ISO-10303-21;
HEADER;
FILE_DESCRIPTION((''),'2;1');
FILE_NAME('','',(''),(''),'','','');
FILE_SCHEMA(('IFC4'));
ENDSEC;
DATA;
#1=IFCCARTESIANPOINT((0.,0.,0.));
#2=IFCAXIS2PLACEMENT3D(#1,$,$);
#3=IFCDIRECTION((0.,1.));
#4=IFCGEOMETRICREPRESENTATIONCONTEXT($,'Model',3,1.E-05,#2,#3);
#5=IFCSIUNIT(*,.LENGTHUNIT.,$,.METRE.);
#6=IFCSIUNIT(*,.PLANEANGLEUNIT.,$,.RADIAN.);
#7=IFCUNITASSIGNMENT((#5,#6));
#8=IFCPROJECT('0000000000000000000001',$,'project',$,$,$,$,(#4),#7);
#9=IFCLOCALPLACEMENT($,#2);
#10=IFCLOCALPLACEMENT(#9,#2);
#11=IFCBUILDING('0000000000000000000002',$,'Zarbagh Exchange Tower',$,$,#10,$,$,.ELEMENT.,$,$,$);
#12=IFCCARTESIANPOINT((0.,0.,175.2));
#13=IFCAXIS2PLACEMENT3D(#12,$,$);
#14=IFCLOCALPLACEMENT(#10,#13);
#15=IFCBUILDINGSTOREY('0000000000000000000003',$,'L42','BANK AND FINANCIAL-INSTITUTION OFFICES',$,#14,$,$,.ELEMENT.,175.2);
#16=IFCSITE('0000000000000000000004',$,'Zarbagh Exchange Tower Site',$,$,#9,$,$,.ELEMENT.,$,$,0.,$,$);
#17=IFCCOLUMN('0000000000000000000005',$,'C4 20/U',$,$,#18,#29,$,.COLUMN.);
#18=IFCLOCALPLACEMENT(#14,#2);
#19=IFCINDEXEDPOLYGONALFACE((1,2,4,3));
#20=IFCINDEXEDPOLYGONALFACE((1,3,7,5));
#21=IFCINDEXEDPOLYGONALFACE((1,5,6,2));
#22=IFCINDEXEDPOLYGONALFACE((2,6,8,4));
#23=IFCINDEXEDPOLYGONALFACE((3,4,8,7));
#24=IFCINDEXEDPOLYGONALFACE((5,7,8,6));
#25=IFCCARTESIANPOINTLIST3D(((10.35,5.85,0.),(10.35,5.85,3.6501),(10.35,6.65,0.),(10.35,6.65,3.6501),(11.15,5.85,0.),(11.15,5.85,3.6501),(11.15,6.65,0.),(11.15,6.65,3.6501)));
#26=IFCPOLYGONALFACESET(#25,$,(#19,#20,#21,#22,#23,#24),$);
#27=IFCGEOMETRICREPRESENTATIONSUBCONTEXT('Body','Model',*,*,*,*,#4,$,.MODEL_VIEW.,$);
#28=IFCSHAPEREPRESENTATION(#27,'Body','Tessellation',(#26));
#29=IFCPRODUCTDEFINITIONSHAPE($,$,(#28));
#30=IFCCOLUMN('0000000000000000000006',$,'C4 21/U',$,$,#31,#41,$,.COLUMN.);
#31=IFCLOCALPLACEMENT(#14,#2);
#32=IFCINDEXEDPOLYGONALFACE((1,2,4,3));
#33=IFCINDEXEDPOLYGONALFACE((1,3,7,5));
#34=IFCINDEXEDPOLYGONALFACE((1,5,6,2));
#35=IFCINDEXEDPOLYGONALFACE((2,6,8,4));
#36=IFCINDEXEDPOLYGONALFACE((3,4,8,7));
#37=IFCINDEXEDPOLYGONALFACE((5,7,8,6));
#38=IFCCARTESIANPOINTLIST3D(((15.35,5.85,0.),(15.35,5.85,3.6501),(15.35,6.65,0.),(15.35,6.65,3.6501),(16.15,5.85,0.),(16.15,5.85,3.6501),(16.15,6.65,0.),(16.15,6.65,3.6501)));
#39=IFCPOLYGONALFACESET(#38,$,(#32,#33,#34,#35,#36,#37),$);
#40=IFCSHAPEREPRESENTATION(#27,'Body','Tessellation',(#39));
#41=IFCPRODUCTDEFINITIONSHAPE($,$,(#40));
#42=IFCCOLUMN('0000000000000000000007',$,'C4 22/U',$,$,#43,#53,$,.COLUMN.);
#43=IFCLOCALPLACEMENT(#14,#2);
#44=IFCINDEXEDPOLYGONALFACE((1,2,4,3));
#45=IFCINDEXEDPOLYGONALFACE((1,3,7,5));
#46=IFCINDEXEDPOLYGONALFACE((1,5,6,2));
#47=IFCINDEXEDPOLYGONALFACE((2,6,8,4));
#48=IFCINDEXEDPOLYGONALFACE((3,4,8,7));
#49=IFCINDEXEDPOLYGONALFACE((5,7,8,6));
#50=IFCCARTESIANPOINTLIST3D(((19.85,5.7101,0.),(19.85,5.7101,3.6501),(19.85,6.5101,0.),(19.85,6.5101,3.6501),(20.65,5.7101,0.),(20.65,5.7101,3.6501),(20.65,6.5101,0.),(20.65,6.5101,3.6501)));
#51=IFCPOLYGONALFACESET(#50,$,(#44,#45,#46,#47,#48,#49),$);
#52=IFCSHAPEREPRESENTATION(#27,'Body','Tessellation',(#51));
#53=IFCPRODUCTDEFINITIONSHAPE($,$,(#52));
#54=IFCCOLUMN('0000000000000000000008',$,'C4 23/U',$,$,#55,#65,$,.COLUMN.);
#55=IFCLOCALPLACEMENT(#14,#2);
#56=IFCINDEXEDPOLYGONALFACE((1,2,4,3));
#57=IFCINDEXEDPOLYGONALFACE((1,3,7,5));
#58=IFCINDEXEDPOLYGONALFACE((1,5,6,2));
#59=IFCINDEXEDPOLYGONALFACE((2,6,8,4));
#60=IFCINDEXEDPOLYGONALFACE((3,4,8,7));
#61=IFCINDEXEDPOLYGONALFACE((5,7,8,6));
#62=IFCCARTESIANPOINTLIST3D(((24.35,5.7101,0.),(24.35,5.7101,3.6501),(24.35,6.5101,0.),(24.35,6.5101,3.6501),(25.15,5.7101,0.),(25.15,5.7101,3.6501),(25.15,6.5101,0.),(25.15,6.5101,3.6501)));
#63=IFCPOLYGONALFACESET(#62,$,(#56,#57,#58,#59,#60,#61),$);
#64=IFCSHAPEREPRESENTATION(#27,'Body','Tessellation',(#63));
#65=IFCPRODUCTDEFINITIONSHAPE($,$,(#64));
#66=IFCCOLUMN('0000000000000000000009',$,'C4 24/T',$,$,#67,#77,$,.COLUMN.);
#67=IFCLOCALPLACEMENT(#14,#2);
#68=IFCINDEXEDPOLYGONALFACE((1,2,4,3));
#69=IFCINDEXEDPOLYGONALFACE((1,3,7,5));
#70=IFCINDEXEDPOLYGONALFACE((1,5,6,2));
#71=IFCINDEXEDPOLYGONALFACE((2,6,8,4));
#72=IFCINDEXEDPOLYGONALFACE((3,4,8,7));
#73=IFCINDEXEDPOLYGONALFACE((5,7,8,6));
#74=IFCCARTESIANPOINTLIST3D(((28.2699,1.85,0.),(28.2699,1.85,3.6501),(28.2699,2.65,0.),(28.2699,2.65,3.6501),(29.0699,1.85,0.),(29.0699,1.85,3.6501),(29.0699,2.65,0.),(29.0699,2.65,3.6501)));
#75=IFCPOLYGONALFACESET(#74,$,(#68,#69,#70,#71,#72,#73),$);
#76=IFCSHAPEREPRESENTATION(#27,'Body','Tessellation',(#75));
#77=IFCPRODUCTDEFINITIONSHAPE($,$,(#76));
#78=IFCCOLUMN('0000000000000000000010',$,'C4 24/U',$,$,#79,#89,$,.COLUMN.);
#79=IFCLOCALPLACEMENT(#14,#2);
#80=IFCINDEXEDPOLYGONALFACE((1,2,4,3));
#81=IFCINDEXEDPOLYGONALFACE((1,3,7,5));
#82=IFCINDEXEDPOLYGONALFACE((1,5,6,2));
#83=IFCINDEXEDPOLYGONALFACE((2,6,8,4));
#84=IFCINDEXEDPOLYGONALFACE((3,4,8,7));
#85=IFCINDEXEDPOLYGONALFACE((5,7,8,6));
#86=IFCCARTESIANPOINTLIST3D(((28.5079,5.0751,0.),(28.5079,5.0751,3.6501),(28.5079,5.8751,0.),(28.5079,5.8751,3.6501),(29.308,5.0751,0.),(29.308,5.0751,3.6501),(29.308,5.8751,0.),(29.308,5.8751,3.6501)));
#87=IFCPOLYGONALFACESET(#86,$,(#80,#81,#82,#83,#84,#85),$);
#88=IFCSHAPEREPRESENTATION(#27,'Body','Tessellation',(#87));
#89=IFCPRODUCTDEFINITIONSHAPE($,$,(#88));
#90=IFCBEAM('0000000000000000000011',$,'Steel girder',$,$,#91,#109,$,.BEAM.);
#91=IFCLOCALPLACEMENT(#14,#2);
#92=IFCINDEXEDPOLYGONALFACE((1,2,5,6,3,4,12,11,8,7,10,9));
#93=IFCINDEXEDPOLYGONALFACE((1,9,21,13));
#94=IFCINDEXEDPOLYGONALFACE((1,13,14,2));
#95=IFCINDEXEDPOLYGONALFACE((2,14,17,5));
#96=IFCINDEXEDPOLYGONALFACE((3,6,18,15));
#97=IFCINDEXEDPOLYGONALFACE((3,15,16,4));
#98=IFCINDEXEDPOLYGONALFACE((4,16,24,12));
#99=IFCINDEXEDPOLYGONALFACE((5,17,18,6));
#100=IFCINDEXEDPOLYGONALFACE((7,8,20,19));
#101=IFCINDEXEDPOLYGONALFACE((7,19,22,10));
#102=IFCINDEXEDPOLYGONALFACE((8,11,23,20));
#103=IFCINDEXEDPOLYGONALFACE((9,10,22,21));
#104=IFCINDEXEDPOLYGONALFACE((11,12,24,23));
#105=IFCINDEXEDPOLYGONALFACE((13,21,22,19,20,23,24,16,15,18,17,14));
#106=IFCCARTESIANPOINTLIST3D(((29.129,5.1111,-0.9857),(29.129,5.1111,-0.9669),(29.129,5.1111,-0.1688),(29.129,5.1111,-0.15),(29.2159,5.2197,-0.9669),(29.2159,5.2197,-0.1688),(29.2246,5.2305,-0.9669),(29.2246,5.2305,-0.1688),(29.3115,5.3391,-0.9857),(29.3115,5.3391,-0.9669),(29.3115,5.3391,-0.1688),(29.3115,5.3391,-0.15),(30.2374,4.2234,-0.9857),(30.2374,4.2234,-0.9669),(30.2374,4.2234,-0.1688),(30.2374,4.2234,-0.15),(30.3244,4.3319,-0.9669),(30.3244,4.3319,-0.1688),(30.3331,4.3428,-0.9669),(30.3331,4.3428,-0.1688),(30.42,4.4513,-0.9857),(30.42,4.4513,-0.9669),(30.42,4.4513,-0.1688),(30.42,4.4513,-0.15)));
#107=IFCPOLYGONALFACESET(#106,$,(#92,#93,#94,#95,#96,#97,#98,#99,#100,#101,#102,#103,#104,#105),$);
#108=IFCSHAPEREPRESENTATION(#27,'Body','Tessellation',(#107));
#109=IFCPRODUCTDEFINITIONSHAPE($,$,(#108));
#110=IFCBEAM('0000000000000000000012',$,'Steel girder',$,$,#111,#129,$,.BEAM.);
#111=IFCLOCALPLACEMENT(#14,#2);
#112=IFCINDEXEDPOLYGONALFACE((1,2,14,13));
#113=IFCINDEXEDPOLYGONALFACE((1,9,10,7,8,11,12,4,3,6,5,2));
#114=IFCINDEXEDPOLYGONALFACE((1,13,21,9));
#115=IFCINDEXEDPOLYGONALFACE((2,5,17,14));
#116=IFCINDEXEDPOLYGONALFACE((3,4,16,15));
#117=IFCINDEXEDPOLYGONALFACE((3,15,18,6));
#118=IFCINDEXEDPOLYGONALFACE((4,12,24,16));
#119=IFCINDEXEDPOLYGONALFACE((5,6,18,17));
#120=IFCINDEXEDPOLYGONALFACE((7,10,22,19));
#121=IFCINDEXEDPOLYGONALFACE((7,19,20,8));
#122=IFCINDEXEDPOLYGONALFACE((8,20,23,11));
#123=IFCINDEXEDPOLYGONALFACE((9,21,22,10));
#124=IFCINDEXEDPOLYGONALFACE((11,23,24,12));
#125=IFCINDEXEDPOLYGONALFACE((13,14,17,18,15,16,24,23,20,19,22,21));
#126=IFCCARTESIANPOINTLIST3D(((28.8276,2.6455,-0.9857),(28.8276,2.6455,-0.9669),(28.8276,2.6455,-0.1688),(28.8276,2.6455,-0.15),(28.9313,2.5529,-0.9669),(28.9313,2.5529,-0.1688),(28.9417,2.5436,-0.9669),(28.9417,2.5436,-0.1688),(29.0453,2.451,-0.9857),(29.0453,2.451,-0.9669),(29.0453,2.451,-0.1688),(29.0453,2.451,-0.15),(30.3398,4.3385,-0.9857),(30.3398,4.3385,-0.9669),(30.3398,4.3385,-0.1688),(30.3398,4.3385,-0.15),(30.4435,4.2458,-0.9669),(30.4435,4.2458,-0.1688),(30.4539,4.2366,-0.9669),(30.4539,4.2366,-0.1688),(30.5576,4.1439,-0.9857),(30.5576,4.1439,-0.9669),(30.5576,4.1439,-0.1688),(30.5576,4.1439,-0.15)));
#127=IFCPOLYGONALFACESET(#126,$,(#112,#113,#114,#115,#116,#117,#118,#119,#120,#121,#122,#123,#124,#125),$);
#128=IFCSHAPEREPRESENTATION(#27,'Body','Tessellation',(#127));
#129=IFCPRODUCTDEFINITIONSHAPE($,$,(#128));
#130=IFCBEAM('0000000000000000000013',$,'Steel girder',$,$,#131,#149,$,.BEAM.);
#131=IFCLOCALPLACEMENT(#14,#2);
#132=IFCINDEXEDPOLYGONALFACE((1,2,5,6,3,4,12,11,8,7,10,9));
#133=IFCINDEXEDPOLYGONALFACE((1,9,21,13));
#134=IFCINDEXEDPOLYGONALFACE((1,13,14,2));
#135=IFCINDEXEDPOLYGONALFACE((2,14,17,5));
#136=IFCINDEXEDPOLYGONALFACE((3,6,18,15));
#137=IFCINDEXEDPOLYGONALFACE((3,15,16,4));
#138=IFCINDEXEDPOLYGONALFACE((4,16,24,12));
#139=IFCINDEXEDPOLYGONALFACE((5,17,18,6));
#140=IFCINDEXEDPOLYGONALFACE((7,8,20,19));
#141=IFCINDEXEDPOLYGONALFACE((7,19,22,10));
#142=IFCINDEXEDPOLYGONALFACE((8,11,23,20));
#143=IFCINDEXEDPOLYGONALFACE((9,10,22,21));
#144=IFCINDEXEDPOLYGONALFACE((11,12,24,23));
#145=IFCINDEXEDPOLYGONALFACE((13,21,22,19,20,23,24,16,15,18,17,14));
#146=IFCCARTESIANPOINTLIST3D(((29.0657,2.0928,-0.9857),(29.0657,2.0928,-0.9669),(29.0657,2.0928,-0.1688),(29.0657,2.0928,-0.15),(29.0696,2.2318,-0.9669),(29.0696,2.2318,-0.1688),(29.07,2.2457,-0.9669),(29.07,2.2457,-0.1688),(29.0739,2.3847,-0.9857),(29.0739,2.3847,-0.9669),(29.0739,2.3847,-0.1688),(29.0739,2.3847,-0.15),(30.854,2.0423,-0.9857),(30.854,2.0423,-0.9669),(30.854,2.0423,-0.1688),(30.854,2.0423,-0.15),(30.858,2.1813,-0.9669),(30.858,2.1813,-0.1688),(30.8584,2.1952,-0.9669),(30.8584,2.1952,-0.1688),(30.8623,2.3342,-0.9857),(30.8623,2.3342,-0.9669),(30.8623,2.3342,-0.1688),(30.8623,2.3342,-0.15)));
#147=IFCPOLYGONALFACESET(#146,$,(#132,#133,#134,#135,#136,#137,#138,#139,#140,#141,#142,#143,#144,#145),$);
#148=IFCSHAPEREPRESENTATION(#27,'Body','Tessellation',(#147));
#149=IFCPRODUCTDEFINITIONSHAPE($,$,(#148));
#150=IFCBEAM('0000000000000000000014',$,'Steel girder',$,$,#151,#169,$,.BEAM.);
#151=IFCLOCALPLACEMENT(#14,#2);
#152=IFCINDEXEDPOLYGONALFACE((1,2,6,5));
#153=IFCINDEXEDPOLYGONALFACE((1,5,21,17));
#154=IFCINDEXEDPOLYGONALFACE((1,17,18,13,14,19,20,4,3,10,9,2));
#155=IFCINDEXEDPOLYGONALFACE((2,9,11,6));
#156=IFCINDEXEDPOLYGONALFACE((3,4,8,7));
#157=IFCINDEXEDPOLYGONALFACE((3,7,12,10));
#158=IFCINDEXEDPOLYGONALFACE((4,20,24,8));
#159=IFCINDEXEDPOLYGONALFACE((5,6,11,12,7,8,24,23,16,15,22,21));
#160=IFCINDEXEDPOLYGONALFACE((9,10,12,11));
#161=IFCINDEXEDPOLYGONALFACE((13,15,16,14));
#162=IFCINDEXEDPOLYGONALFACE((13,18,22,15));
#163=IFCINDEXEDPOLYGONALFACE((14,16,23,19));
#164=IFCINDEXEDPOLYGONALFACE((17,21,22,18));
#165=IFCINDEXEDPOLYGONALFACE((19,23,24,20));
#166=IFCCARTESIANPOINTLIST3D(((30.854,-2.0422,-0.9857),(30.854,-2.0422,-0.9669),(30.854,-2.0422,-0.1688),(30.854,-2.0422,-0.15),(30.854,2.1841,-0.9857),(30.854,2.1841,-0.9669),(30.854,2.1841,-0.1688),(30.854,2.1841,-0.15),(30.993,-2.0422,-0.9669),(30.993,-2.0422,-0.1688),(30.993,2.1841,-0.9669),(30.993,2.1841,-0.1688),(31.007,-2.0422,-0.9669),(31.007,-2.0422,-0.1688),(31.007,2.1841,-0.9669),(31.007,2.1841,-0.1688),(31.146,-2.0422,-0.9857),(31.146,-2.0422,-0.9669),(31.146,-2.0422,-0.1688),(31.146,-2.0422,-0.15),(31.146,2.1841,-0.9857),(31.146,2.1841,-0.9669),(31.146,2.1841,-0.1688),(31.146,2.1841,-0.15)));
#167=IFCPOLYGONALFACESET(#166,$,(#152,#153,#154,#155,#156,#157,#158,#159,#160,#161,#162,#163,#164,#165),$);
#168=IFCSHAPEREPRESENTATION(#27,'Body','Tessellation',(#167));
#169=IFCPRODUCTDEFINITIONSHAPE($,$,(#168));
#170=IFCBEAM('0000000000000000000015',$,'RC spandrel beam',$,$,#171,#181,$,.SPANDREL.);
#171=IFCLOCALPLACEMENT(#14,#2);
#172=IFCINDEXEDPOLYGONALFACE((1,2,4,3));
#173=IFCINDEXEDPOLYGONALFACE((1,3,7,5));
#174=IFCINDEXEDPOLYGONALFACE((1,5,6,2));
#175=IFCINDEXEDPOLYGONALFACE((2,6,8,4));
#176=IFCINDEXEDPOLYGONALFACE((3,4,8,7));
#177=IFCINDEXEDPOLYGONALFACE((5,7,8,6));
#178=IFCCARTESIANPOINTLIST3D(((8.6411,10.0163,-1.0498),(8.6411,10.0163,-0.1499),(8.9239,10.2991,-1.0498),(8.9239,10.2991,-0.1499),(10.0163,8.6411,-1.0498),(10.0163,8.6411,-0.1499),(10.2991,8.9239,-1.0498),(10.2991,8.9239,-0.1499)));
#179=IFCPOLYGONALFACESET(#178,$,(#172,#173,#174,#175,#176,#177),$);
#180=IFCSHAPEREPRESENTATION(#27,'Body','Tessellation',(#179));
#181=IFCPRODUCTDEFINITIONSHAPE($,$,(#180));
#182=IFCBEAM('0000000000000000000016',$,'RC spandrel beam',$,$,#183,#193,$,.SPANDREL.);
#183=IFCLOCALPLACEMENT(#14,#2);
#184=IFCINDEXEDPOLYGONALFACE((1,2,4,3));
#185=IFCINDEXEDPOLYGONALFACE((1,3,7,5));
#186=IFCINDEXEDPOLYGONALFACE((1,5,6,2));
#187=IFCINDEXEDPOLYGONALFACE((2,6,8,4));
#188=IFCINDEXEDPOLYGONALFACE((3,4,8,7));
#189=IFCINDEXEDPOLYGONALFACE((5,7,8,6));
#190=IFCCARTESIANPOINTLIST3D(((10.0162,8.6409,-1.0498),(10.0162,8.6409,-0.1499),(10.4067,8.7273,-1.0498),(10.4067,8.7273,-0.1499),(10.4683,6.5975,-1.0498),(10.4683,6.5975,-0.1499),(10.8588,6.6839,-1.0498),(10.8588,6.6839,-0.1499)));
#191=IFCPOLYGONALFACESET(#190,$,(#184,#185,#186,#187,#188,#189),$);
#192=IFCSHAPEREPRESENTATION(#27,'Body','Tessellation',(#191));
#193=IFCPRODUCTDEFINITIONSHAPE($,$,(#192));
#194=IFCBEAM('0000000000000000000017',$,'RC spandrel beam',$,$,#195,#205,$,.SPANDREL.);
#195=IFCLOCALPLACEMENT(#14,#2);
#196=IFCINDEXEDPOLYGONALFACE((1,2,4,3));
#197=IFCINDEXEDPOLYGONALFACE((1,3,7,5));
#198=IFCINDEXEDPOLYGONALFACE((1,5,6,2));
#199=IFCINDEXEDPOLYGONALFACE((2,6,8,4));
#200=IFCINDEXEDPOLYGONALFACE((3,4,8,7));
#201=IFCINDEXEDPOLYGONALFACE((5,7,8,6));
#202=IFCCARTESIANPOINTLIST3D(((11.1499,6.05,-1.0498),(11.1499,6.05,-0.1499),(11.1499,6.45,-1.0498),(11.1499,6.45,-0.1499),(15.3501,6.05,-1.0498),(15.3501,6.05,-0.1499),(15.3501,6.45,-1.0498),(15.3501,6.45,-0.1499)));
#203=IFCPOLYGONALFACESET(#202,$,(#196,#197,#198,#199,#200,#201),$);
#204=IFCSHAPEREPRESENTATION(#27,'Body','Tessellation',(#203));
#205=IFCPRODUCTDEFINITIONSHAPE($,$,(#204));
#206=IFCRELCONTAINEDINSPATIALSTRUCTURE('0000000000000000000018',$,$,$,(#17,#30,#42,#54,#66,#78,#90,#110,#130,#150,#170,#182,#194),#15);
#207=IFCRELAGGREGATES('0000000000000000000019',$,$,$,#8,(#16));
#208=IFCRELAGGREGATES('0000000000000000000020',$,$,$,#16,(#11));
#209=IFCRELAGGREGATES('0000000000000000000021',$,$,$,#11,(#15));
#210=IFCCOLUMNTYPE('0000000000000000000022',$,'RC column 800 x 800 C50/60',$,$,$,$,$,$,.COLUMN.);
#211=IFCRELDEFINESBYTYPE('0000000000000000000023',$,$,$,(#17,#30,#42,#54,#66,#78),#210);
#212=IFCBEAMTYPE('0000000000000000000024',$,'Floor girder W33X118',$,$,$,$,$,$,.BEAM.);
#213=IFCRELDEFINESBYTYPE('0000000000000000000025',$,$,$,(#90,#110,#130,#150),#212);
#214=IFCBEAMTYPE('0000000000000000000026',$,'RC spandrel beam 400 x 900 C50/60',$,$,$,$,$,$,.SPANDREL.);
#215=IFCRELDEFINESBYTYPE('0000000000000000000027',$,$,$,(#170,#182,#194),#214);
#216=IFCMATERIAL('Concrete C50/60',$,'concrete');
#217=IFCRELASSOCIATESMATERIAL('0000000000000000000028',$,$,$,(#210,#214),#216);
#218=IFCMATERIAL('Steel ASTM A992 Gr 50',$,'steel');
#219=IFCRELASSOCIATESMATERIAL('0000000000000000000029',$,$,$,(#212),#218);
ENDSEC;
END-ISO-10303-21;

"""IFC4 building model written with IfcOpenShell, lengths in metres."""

from ifc_helpers import new_model, si_unit, direction, frame, origin, origin_2d, place, context, subcontext, project, spatial, rectangle, i_section, extrude, material, material_profile, profile_set, type_object, element, save


model = new_model("IFC4")

# Units and contexts
model_context = context("Model", 3, precision=1e-05, world=origin(), true_north=direction((0.0, 1.0)))
body_context = subcontext(model_context, "Body", "Model", "MODEL_VIEW")
ifc_project = project(units=[si_unit("LENGTHUNIT", "METRE"), si_unit("PLANEANGLEUNIT", "RADIAN")], contexts=[model_context])

# Site, building, storey
site_placement = place(None, origin())
site = spatial("IfcSite", under=ifc_project, at=site_placement, Name="Zarbagh Exchange Tower Site", CompositionType="ELEMENT", RefElevation=0.0)
building_placement = place(site_placement, origin())
building = spatial("IfcBuilding", under=site, at=building_placement, Name="Zarbagh Exchange Tower", CompositionType="ELEMENT")
storey_placement = place(building_placement, frame((0.0, 0.0, 175.2)))
storey = spatial("IfcBuildingStorey", under=building, at=storey_placement, Name="L42", Description="BANK AND FINANCIAL-INSTITUTION OFFICES", CompositionType="ELEMENT", Elevation=175.2)

# Columns
ifc_material_1 = material(Name="Concrete C50/60", Category="concrete")
ifc_material_profile_1 = material_profile(ifc_material_1, rectangle(XDim=0.8, YDim=0.8, at=origin_2d()), Name="RC column 800 x 800 C50/60")
ifc_profile_set_1 = profile_set([ifc_material_profile_1], Name="Concrete C50/60")
column_type = type_object("IfcColumnType", Name="RC column 800 x 800 C50/60", PredefinedType="COLUMN", material=ifc_profile_set_1)
for number, where, z_axis, x_axis, name in (
    (1, (10.75, 6.25, 0.0), (0.0, 0.0, 1.0), (1.0, 0.0, 0.0), "C4 20/U"),
    (2, (15.75, 6.25, 0.0), (0.0, 0.0, 1.0), (1.0, 0.0, 0.0), "C4 21/U"),
    (3, (20.25, 6.1101, 0.0), (0.0, 0.0, 1.0), (1.0, 0.0, 0.0), "C4 22/U"),
    (4, (24.75, 6.1101, 0.0), (0.0, 0.0, 1.0), (1.0, 0.0, 0.0), "C4 23/U"),
    (5, (28.6699, 2.25, 0.0), (0.0, 0.0, 1.0), (1.0, 0.0, 0.0), "C4 24/T"),
    (6, (28.908, 5.4751, 0.0), (0.0, 0.0, 1.0), (1.0, 0.0, 0.0), "C4 24/U"),
):
    element("IfcColumn", number, at=place(storey_placement, frame(where, z_axis=z_axis, x_axis=x_axis)), inside=storey, type_object=column_type, Name=name, PredefinedType="COLUMN", context=body_context, shape_type="SweptSolid", body=[
        extrude(rectangle(XDim=0.8, YDim=0.8, at=origin_2d()), origin(), (0.0, 0.0, 1.0), 3.6501),
    ])

# Beams
ifc_material_2 = material(Name="Steel ASTM A992 Gr 50", Category="steel")
ifc_material_profile_2 = material_profile(ifc_material_2, i_section(OverallWidth=0.292, OverallDepth=0.8357, WebThickness=0.0139, FlangeThickness=0.0188, at=origin_2d()), Name="W33X118")
ifc_profile_set_2 = profile_set([ifc_material_profile_2], Name="Steel ASTM A992 Gr 50")
beam_type_1 = type_object("IfcBeamType", Name="Floor girder W33X118", PredefinedType="BEAM", material=ifc_profile_set_2)
beam_1_placement = place(storey_placement, frame((29.2202, 5.2251, -0.5679), z_axis=(0.780533, -0.625114, 0.0), x_axis=(0.625114, 0.780533, 0.0)))
element("IfcBeam", 7, at=beam_1_placement, inside=storey, type_object=beam_type_1, Name="Steel girder", PredefinedType="BEAM", context=body_context, shape_type="SweptSolid", body=[
    extrude(i_section(OverallWidth=0.292, OverallDepth=0.8357, WebThickness=0.0139, FlangeThickness=0.0188, at=origin_2d()), origin(), (0.0, 0.0, 1.0), 1.4202),
])
beam_2_placement = place(storey_placement, frame((30.4487, 4.2412, -0.5679), z_axis=(-0.666191, -0.745781, 0.0), x_axis=(0.745781, -0.666191, 0.0)))
element("IfcBeam", 8, at=beam_2_placement, inside=storey, type_object=beam_type_1, Name="Steel girder", PredefinedType="BEAM", context=body_context, shape_type="SweptSolid", body=[
    extrude(i_section(OverallWidth=0.292, OverallDepth=0.8357, WebThickness=0.0139, FlangeThickness=0.0188, at=origin_2d()), origin(), (0.0, 0.0, 1.0), 2.27),
])
beam_3_placement = place(storey_placement, frame((29.0698, 2.2388, -0.5679), z_axis=(0.999601, -0.028248, 0.0), x_axis=(0.028248, 0.999601, 0.0)))
element("IfcBeam", 9, at=beam_3_placement, inside=storey, type_object=beam_type_1, Name="Steel girder", PredefinedType="BEAM", context=body_context, shape_type="SweptSolid", body=[
    extrude(i_section(OverallWidth=0.292, OverallDepth=0.8357, WebThickness=0.0139, FlangeThickness=0.0188, at=origin_2d()), origin(), (0.0, 0.0, 1.0), 1.7891),
])
beam_4_placement = place(storey_placement, frame((31.0, 2.1841, -0.5679), z_axis=(0.0, -1.0, 0.0), x_axis=(1.0, 0.0, 0.0)))
element("IfcBeam", 10, at=beam_4_placement, inside=storey, type_object=beam_type_1, Name="Steel girder", PredefinedType="BEAM", context=body_context, shape_type="SweptSolid", body=[
    extrude(i_section(OverallWidth=0.292, OverallDepth=0.8357, WebThickness=0.0139, FlangeThickness=0.0188, at=origin_2d()), origin(), (0.0, 0.0, 1.0), 4.2263),
])
ifc_material_profile_3 = material_profile(ifc_material_1, rectangle(XDim=0.3999, YDim=0.8999, at=origin_2d()), Name="RC spandrel beam 400 x 900 C50/60")
ifc_profile_set_3 = profile_set([ifc_material_profile_3], Name="Concrete C50/60")
beam_type_2 = type_object("IfcBeamType", Name="RC spandrel beam 400 x 900 C50/60", PredefinedType="SPANDREL", material=ifc_profile_set_3)
beam_5_placement = place(storey_placement, frame((8.7825, 10.1577, -0.5999), z_axis=(0.707107, -0.707107, 0.0), x_axis=(0.707107, 0.707107, 0.0)))
element("IfcBeam", 11, at=beam_5_placement, inside=storey, type_object=beam_type_2, Name="RC spandrel beam", PredefinedType="SPANDREL", context=body_context, shape_type="SweptSolid", body=[
    extrude(rectangle(XDim=0.3999, YDim=0.8999, at=origin_2d()), origin(), (0.0, 0.0, 1.0), 1.9448),
])
beam_6_placement = place(storey_placement, frame((10.2114, 8.6841, -0.5999), z_axis=(0.216041, -0.976384, 0.0), x_axis=(0.976384, 0.216041, 0.0)))
element("IfcBeam", 12, at=beam_6_placement, inside=storey, type_object=beam_type_2, Name="RC spandrel beam", PredefinedType="SPANDREL", context=body_context, shape_type="SweptSolid", body=[
    extrude(rectangle(XDim=0.3999, YDim=0.8999, at=origin_2d()), origin(), (0.0, 0.0, 1.0), 2.0928),
])
beam_7_placement = place(storey_placement, frame((11.1499, 6.25, -0.5999), z_axis=(1.0, 0.0, 0.0), x_axis=(0.0, 1.0, 0.0)))
element("IfcBeam", 13, at=beam_7_placement, inside=storey, type_object=beam_type_2, Name="RC spandrel beam", PredefinedType="SPANDREL", context=body_context, shape_type="SweptSolid", body=[
    extrude(rectangle(XDim=0.3999, YDim=0.8999, at=origin_2d()), origin(), (0.0, 0.0, 1.0), 4.2002),
])

save(model, "model.ifc")
